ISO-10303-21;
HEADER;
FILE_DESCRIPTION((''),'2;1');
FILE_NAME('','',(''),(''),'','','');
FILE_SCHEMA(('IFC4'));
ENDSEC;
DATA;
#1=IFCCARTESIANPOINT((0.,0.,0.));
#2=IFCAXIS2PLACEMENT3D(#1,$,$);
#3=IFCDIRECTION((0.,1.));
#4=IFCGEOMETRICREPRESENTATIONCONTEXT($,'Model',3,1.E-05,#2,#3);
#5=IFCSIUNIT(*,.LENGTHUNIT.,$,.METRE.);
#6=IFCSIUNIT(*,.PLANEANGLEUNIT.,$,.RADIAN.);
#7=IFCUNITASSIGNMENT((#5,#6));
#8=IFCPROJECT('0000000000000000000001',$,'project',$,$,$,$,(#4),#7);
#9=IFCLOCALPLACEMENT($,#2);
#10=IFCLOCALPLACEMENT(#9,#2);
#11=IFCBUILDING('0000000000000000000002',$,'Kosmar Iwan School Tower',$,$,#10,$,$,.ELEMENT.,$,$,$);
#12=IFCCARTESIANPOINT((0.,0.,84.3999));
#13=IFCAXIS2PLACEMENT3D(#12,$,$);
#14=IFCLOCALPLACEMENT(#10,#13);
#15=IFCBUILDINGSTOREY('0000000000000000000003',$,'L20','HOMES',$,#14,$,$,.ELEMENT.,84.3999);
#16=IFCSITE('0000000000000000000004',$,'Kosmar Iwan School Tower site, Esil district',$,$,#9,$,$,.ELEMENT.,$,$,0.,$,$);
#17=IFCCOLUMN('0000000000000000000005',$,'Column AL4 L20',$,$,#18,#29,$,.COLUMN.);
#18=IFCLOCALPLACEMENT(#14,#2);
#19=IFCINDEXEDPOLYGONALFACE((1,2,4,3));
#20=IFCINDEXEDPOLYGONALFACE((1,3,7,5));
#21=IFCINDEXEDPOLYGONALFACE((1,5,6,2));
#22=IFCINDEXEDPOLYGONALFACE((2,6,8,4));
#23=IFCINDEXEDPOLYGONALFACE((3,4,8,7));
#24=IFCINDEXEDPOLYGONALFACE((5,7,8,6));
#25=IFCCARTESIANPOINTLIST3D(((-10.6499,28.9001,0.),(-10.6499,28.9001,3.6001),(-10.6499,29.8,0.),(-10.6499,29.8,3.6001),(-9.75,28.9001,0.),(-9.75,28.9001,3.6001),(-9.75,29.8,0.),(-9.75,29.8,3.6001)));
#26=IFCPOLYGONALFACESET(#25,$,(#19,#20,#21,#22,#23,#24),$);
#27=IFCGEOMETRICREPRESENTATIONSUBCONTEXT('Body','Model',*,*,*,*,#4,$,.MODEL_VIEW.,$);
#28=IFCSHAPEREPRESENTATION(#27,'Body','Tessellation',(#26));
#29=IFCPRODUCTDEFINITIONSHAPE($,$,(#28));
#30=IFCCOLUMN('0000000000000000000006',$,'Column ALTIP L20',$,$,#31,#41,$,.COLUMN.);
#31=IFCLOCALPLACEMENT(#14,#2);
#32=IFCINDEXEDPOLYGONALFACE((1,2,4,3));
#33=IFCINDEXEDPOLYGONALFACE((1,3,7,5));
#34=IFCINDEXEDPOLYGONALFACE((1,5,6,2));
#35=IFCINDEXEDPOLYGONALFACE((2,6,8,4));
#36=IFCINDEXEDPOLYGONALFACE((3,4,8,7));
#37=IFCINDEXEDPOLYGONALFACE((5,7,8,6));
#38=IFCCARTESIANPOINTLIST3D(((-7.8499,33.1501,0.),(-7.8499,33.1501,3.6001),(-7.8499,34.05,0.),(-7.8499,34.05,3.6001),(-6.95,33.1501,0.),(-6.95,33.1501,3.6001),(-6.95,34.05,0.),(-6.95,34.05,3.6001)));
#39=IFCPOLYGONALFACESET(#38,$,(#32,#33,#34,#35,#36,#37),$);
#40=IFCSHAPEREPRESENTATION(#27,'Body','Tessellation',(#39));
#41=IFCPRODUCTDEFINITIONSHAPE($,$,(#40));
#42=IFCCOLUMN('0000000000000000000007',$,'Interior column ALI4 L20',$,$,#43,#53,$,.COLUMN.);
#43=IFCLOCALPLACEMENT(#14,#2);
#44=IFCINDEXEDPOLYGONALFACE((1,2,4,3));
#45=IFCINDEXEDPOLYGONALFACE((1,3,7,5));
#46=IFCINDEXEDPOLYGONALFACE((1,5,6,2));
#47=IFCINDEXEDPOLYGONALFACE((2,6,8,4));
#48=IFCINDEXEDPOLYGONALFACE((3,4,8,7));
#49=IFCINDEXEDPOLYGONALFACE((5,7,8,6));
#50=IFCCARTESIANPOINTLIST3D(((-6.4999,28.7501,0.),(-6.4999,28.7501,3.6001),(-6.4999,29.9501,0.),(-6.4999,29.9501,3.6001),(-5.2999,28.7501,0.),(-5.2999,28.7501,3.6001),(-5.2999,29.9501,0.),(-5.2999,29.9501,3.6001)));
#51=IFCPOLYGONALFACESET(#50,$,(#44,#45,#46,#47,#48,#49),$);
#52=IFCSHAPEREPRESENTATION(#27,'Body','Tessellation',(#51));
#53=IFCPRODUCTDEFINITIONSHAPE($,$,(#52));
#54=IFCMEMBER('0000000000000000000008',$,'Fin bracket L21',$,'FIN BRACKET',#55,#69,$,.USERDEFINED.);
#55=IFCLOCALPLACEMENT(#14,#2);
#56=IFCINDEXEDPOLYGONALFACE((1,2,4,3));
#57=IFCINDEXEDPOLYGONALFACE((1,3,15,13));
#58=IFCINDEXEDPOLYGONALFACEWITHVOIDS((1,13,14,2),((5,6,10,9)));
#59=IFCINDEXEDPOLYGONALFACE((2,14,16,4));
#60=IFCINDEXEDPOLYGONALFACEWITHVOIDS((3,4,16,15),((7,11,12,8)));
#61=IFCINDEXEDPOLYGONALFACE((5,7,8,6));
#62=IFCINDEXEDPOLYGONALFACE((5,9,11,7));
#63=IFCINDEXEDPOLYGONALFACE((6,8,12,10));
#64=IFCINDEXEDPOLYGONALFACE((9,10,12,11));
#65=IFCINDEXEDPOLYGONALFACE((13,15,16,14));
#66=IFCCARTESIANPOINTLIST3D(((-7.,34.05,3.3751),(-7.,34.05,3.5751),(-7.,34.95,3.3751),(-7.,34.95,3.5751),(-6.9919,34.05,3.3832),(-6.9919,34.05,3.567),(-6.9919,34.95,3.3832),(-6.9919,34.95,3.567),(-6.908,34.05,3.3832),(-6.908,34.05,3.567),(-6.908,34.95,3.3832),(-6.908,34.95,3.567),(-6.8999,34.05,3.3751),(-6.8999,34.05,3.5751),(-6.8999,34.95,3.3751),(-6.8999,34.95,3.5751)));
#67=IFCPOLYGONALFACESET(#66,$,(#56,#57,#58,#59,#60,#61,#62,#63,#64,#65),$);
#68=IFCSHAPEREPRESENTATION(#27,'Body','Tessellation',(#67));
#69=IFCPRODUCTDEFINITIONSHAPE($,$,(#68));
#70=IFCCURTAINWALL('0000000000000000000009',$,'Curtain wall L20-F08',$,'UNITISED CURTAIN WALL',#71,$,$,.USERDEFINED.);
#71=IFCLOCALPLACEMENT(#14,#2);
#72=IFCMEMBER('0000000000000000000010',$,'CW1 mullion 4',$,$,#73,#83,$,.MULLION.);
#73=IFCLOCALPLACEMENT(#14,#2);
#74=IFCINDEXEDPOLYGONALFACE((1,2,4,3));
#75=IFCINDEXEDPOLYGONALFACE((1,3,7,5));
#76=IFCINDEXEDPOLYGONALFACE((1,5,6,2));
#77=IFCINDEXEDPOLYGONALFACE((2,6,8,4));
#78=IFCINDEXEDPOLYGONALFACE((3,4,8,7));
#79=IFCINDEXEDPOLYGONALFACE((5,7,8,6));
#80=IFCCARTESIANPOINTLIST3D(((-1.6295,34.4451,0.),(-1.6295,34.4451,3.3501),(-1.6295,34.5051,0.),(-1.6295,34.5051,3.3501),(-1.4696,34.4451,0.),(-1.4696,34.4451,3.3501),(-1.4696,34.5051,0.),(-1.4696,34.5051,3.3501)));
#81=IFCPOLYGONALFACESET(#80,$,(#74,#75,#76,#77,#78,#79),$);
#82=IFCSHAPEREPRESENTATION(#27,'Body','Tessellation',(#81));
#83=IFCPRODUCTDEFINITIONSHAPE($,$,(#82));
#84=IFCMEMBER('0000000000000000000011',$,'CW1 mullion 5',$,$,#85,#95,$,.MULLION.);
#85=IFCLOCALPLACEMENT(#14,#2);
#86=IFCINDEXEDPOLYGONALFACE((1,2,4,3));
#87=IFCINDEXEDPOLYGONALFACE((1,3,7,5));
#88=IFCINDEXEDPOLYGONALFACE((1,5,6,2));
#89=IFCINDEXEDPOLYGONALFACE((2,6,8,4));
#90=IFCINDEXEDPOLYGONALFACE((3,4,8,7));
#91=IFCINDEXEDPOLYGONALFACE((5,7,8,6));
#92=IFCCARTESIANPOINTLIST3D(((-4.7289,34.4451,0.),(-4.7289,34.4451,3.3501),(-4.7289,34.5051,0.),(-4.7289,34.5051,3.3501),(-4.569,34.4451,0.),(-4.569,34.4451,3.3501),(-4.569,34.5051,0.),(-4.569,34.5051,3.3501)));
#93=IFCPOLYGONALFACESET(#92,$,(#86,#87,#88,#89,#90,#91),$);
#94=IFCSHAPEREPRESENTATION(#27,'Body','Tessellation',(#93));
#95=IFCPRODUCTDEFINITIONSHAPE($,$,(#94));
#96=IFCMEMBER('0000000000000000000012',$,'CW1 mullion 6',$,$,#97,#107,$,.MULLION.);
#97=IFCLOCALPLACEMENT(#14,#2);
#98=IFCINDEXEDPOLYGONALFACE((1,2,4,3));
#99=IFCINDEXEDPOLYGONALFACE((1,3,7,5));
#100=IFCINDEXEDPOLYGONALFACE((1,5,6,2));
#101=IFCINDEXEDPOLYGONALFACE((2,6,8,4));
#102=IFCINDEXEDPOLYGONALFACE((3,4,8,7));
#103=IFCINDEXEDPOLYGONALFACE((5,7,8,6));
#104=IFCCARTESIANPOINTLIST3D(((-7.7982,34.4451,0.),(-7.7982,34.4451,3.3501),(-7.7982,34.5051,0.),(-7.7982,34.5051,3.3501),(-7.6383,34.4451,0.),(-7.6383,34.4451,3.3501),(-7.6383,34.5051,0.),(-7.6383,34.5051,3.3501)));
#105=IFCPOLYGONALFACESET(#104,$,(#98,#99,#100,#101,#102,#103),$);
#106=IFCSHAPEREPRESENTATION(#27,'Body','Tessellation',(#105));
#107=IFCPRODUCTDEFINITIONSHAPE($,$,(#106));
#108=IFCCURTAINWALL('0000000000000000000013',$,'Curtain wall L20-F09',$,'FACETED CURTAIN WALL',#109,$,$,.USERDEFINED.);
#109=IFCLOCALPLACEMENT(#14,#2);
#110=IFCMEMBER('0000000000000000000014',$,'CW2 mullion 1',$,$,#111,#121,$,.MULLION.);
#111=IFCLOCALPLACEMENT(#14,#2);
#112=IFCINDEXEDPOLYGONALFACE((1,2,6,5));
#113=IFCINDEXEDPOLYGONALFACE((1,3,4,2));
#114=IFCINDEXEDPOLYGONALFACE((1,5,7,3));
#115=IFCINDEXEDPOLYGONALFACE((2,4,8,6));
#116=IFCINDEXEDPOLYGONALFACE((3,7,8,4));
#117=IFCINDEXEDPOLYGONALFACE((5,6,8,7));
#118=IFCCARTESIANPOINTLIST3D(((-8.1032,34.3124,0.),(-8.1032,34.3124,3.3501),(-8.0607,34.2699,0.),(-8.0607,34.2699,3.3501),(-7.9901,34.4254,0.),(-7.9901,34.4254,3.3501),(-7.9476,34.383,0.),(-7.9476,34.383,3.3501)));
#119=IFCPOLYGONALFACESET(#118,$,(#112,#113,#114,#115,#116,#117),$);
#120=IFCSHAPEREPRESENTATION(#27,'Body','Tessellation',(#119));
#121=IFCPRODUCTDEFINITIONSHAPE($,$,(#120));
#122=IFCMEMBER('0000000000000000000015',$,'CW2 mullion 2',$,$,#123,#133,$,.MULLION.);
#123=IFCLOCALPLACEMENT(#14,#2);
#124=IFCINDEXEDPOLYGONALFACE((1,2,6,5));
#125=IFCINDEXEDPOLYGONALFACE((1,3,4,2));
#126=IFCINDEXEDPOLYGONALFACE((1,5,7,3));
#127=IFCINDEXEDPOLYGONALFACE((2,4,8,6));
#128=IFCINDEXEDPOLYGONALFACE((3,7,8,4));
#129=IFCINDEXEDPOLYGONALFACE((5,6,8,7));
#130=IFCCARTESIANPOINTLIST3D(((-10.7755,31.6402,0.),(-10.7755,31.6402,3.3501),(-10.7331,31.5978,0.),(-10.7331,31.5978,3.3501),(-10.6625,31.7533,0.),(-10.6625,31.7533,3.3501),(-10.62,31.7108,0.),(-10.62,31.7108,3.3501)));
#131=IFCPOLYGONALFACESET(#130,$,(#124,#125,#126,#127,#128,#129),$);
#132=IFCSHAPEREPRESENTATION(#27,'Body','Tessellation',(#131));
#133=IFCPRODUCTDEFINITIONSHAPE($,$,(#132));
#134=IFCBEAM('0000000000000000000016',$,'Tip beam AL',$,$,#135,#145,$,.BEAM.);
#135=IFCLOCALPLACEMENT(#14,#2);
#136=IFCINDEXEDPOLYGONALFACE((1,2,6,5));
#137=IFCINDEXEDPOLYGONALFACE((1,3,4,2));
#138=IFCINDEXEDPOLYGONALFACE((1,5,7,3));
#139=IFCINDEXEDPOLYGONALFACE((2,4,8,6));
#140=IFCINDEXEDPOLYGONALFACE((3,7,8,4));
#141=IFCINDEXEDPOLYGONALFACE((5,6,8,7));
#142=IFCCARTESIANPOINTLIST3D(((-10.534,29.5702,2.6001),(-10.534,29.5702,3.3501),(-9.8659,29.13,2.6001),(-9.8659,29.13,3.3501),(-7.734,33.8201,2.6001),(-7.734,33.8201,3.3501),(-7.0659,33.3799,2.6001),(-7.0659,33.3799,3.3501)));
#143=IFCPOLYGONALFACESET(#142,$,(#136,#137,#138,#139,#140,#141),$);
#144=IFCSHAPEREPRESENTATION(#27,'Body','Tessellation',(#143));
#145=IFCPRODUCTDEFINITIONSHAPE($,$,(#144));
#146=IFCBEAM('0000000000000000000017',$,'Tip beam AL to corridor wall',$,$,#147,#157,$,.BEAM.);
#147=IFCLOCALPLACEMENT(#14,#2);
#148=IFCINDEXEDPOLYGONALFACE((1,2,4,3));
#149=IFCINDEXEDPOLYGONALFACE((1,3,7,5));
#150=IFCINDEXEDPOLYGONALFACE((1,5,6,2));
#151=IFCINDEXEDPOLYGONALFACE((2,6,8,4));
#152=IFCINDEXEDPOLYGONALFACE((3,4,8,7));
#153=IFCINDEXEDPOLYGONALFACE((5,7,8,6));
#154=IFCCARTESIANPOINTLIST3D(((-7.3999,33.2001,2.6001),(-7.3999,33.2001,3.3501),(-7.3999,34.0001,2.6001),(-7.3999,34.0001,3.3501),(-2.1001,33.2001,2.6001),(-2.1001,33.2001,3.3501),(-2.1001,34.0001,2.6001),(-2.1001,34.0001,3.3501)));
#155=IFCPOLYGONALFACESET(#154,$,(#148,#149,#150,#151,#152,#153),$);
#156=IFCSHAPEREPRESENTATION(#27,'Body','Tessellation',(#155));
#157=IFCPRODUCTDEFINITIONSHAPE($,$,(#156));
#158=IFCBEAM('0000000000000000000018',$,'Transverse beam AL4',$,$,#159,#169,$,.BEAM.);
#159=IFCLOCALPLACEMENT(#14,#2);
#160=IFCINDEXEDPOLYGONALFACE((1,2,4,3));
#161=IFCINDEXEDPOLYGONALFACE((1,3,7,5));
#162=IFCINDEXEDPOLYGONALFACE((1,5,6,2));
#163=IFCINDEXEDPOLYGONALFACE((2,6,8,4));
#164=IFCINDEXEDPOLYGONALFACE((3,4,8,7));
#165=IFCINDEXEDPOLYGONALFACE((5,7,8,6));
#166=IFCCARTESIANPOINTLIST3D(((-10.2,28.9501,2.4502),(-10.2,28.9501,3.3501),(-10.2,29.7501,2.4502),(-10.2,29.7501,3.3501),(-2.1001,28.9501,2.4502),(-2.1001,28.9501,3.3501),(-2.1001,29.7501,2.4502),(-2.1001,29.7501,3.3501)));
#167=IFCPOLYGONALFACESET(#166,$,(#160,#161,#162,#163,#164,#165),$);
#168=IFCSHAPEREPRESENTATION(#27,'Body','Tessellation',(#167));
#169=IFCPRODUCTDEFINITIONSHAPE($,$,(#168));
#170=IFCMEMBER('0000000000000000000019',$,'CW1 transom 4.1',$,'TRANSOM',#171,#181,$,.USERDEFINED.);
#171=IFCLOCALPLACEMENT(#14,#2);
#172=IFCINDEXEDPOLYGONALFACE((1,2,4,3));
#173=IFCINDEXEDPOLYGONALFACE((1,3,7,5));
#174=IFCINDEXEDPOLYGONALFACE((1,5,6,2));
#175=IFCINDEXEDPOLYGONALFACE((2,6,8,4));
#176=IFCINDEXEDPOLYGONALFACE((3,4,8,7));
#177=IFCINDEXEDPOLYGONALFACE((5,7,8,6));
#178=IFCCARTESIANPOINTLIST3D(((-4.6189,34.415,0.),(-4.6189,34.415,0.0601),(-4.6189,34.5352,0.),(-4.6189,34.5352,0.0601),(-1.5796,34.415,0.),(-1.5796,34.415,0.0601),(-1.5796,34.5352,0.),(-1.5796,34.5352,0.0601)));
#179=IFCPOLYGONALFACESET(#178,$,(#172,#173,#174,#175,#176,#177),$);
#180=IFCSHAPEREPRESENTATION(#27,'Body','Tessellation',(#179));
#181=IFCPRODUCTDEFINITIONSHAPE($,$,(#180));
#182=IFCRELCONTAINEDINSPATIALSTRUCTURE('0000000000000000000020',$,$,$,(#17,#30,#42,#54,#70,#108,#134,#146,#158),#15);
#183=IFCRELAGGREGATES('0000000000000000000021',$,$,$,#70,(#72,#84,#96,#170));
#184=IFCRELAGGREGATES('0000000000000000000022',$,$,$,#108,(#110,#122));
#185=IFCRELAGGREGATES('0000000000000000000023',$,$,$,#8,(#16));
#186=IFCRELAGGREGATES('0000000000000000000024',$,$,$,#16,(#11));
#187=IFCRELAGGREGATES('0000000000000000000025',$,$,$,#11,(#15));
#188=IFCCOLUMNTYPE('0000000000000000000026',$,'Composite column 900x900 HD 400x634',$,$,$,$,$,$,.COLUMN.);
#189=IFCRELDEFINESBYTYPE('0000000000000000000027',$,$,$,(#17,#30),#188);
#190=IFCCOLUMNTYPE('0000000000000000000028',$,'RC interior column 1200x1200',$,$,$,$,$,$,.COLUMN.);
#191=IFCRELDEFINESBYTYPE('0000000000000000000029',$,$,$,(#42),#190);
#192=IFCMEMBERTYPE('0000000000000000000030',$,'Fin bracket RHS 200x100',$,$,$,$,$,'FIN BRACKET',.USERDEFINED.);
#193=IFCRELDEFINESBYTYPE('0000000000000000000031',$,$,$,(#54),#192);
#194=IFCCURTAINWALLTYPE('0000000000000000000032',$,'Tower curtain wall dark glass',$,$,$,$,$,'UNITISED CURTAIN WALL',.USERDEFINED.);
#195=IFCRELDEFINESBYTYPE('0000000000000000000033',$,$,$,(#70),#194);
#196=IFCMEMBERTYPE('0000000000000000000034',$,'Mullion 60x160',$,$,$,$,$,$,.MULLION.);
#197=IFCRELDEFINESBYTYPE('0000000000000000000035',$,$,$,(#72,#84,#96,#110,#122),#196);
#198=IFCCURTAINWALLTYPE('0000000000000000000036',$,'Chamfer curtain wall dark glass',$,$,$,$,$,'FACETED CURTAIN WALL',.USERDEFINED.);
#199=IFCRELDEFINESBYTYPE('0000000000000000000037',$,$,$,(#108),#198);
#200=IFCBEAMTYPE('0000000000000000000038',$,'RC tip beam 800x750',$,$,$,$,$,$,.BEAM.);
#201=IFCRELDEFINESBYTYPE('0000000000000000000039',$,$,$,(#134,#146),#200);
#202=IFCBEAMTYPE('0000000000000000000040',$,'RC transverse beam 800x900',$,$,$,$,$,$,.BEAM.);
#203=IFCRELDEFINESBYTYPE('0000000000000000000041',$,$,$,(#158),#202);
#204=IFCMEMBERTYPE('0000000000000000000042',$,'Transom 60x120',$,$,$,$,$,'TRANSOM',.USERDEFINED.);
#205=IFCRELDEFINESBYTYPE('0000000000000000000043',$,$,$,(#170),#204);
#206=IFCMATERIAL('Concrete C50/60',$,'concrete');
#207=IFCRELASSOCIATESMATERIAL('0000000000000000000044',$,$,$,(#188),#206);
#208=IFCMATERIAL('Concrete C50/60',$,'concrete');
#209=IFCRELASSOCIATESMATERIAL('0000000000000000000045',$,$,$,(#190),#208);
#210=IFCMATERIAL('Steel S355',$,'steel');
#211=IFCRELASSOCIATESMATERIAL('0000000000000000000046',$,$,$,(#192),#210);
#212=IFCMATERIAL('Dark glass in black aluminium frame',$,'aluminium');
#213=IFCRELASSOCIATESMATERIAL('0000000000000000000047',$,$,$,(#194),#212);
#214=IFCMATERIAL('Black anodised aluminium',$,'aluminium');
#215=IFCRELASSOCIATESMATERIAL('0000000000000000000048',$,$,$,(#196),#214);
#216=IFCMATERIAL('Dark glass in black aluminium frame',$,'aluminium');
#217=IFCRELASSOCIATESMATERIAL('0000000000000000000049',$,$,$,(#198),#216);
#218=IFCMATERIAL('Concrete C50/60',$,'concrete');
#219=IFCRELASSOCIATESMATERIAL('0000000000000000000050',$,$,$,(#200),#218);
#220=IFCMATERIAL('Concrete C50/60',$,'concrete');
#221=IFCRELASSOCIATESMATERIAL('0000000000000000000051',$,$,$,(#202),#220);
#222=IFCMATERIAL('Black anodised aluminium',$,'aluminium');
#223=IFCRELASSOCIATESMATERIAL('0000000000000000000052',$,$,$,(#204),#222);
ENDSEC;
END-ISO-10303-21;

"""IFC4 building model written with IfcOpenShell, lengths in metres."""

from ifc_helpers import new_model, si_unit, direction, frame, origin, origin_2d, place, context, subcontext, project, spatial, rectangle, hollow_rectangle, extrude, material, material_profile, profile_set, type_object, element, aggregate, save


model = new_model("IFC4")

# Units and contexts
model_context = context("Model", 3, precision=1e-05, world=origin(), true_north=direction((0.0, 1.0)))
body_context = subcontext(model_context, "Body", "Model", "MODEL_VIEW")
ifc_project = project(units=[si_unit("LENGTHUNIT", "METRE"), si_unit("PLANEANGLEUNIT", "RADIAN")], contexts=[model_context])

# Site, building, storey
site_placement = place(None, origin())
site = spatial("IfcSite", under=ifc_project, at=site_placement, Name="Kosmar Iwan School Tower site, Esil district", CompositionType="ELEMENT", RefElevation=0.0)
building_placement = place(site_placement, origin())
building = spatial("IfcBuilding", under=site, at=building_placement, Name="Kosmar Iwan School Tower", CompositionType="ELEMENT")
storey_placement = place(building_placement, frame((0.0, 0.0, 84.3999)))
storey = spatial("IfcBuildingStorey", under=building, at=storey_placement, Name="L20", Description="HOMES", CompositionType="ELEMENT", Elevation=84.3999)

# Columns
ifc_material_1 = material(Name="Concrete C50/60", Category="concrete")
ifc_material_profile_1 = material_profile(ifc_material_1, rectangle(XDim=0.8999, YDim=0.8999, at=origin_2d()), Name="RC 900x900 + HD 400x634")
ifc_profile_set_1 = profile_set([ifc_material_profile_1], Name="Concrete C50/60")
column_type_1 = type_object("IfcColumnType", Name="Composite column 900x900 HD 400x634", PredefinedType="COLUMN", material=ifc_profile_set_1)
for number, where, z_axis, x_axis, name in (
    (1, (-10.2, 29.3501, 0.0), (0.0, 0.0, 1.0), (0.0, 1.0, 0.0), "Column AL4 L20"),
    (2, (-7.3999, 33.6001, 0.0), (0.0, 0.0, 1.0), (0.0, 1.0, 0.0), "Column ALTIP L20"),
):
    element("IfcColumn", number, at=place(storey_placement, frame(where, z_axis=z_axis, x_axis=x_axis)), inside=storey, type_object=column_type_1, Name=name, PredefinedType="COLUMN", context=body_context, shape_type="SweptSolid", body=[
        extrude(rectangle(XDim=0.8999, YDim=0.8999, at=origin_2d()), origin(), (0.0, 0.0, 1.0), 3.6001),
    ])
ifc_material_2 = material(Name="Concrete C50/60", Category="concrete")
ifc_material_profile_2 = material_profile(ifc_material_2, rectangle(XDim=1.2, YDim=1.2, at=origin_2d()), Name="RC 1200x1200")
ifc_profile_set_2 = profile_set([ifc_material_profile_2], Name="Concrete C50/60")
column_type_2 = type_object("IfcColumnType", Name="RC interior column 1200x1200", PredefinedType="COLUMN", material=ifc_profile_set_2)
column_placement = place(storey_placement, frame((-5.8999, 29.3501, 0.0), z_axis=(0.0, 0.0, 1.0), x_axis=(0.0, 1.0, 0.0)))
element("IfcColumn", 3, at=column_placement, inside=storey, type_object=column_type_2, Name="Interior column ALI4 L20", PredefinedType="COLUMN", context=body_context, shape_type="SweptSolid", body=[
    extrude(rectangle(XDim=1.2, YDim=1.2, at=origin_2d()), origin(), (0.0, 0.0, 1.0), 3.6001),
])

# Member
ifc_material_3 = material(Name="Steel S355", Category="steel")
ifc_material_profile_3 = material_profile(ifc_material_3, hollow_rectangle(XDim=0.1001, YDim=0.2, WallThickness=0.0081, at=origin_2d()), Name="RHS 200x100x8")
ifc_profile_set_3 = profile_set([ifc_material_profile_3], Name="Steel S355")
member_type_1 = type_object("IfcMemberType", Name="Fin bracket RHS 200x100", ElementType="FIN BRACKET", PredefinedType="USERDEFINED", material=ifc_profile_set_3)
member_1_placement = place(storey_placement, frame((-6.95, 34.05, 3.4751), z_axis=(0.0, 1.0, 0.0), x_axis=(-1.0, 0.0, 0.0)))
element("IfcMember", 4, at=member_1_placement, inside=storey, type_object=member_type_1, Name="Fin bracket L21", ObjectType="FIN BRACKET", PredefinedType="USERDEFINED", context=body_context, shape_type="SweptSolid", body=[
    extrude(hollow_rectangle(XDim=0.1001, YDim=0.2, WallThickness=0.0081, at=origin_2d()), origin(), (0.0, 0.0, 1.0), 0.8999),
])

# Curtain walls, members
ifc_material_4 = material(Name="Dark glass in black aluminium frame", Category="aluminium")
curtain_wall_type_1 = type_object("IfcCurtainWallType", Name="Tower curtain wall dark glass", ElementType="UNITISED CURTAIN WALL", PredefinedType="USERDEFINED", material=ifc_material_4)
curtain_wall_1_placement = place(storey_placement, origin())
curtain_wall_1 = element("IfcCurtainWall", 5, at=curtain_wall_1_placement, inside=storey, type_object=curtain_wall_type_1, Name="Curtain wall L20-F08", ObjectType="UNITISED CURTAIN WALL", PredefinedType="USERDEFINED")
ifc_material_5 = material(Name="Black anodised aluminium", Category="aluminium")
ifc_material_profile_4 = material_profile(ifc_material_5, rectangle(XDim=0.0601, YDim=0.1599, at=origin_2d()), Name="MULLION 60x160")
ifc_profile_set_4 = profile_set([ifc_material_profile_4], Name="Black anodised aluminium")
member_type_2 = type_object("IfcMemberType", Name="Mullion 60x160", PredefinedType="MULLION", material=ifc_profile_set_4)
member_2_placement = place(storey_placement, frame((-1.5496, 34.4751, 0.0), z_axis=(0.0, 0.0, 1.0), x_axis=(0.0, -1.0, 0.0)))
member_2 = element("IfcMember", 6, at=member_2_placement, type_object=member_type_2, Name="CW1 mullion 4", PredefinedType="MULLION", context=body_context, shape_type="SweptSolid", body=[
    extrude(rectangle(XDim=0.0601, YDim=0.1599, at=origin_2d()), origin(), (0.0, 0.0, 1.0), 3.3501),
])
member_3_placement = place(storey_placement, frame((-4.6489, 34.4751, 0.0), z_axis=(0.0, 0.0, 1.0), x_axis=(0.0, -1.0, 0.0)))
member_3 = element("IfcMember", 7, at=member_3_placement, type_object=member_type_2, Name="CW1 mullion 5", PredefinedType="MULLION", context=body_context, shape_type="SweptSolid", body=[
    extrude(rectangle(XDim=0.0601, YDim=0.1599, at=origin_2d()), origin(), (0.0, 0.0, 1.0), 3.3501),
])
member_4_placement = place(storey_placement, frame((-7.7183, 34.4751, 0.0), z_axis=(0.0, 0.0, 1.0), x_axis=(0.0, -1.0, 0.0)))
member_4 = element("IfcMember", 8, at=member_4_placement, type_object=member_type_2, Name="CW1 mullion 6", PredefinedType="MULLION", context=body_context, shape_type="SweptSolid", body=[
    extrude(rectangle(XDim=0.0601, YDim=0.1599, at=origin_2d()), origin(), (0.0, 0.0, 1.0), 3.3501),
])
ifc_material_6 = material(Name="Dark glass in black aluminium frame", Category="aluminium")
curtain_wall_type_2 = type_object("IfcCurtainWallType", Name="Chamfer curtain wall dark glass", ElementType="FACETED CURTAIN WALL", PredefinedType="USERDEFINED", material=ifc_material_6)
curtain_wall_2_placement = place(storey_placement, origin())
curtain_wall_2 = element("IfcCurtainWall", 9, at=curtain_wall_2_placement, inside=storey, type_object=curtain_wall_type_2, Name="Curtain wall L20-F09", ObjectType="FACETED CURTAIN WALL", PredefinedType="USERDEFINED")
member_5_placement = place(storey_placement, frame((-8.0254, 34.3477, 0.0), z_axis=(0.0, 0.0, 1.0), x_axis=(0.707107, -0.707107, 0.0)))
member_5 = element("IfcMember", 10, at=member_5_placement, type_object=member_type_2, Name="CW2 mullion 1", PredefinedType="MULLION", context=body_context, shape_type="SweptSolid", body=[
    extrude(rectangle(XDim=0.0601, YDim=0.1599, at=origin_2d()), origin(), (0.0, 0.0, 1.0), 3.3501),
])
member_6_placement = place(storey_placement, frame((-10.6978, 31.6755, 0.0), z_axis=(0.0, 0.0, 1.0), x_axis=(0.707107, -0.707107, 0.0)))
member_6 = element("IfcMember", 11, at=member_6_placement, type_object=member_type_2, Name="CW2 mullion 2", PredefinedType="MULLION", context=body_context, shape_type="SweptSolid", body=[
    extrude(rectangle(XDim=0.0601, YDim=0.1599, at=origin_2d()), origin(), (0.0, 0.0, 1.0), 3.3501),
])

# Beams
ifc_material_7 = material(Name="Concrete C50/60", Category="concrete")
ifc_material_profile_5 = material_profile(ifc_material_7, rectangle(XDim=0.8, YDim=0.75, at=origin_2d()), Name="RC 800x750")
ifc_profile_set_5 = profile_set([ifc_material_profile_5], Name="Concrete C50/60")
beam_type_1 = type_object("IfcBeamType", Name="RC tip beam 800x750", PredefinedType="BEAM", material=ifc_profile_set_5)
beam_1_placement = place(storey_placement, frame((-10.2, 29.3501, 2.9751), z_axis=(0.550164, 0.835056, 0.0), x_axis=(-0.835056, 0.550164, 0.0)))
element("IfcBeam", 12, at=beam_1_placement, inside=storey, type_object=beam_type_1, Name="Tip beam AL", PredefinedType="BEAM", context=body_context, shape_type="SweptSolid", body=[
    extrude(rectangle(XDim=0.8, YDim=0.75, at=origin_2d()), origin(), (0.0, 0.0, 1.0), 5.0894),
])
beam_2_placement = place(storey_placement, frame((-7.3999, 33.6001, 2.9751), z_axis=(1.0, 0.0, 0.0), x_axis=(0.0, 1.0, 0.0)))
element("IfcBeam", 13, at=beam_2_placement, inside=storey, type_object=beam_type_1, Name="Tip beam AL to corridor wall", PredefinedType="BEAM", context=body_context, shape_type="SweptSolid", body=[
    extrude(rectangle(XDim=0.8, YDim=0.75, at=origin_2d()), origin(), (0.0, 0.0, 1.0), 5.2998),
])
ifc_material_8 = material(Name="Concrete C50/60", Category="concrete")
ifc_material_profile_6 = material_profile(ifc_material_8, rectangle(XDim=0.8, YDim=0.8999, at=origin_2d()), Name="RC 800x900")
ifc_profile_set_6 = profile_set([ifc_material_profile_6], Name="Concrete C50/60")
beam_type_2 = type_object("IfcBeamType", Name="RC transverse beam 800x900", PredefinedType="BEAM", material=ifc_profile_set_6)
beam_3_placement = place(storey_placement, frame((-10.2, 29.3501, 2.9001), z_axis=(1.0, 0.0, 0.0), x_axis=(0.0, 1.0, 0.0)))
element("IfcBeam", 14, at=beam_3_placement, inside=storey, type_object=beam_type_2, Name="Transverse beam AL4", PredefinedType="BEAM", context=body_context, shape_type="SweptSolid", body=[
    extrude(rectangle(XDim=0.8, YDim=0.8999, at=origin_2d()), origin(), (0.0, 0.0, 1.0), 8.0999),
])

# Member
ifc_material_9 = material(Name="Black anodised aluminium", Category="aluminium")
ifc_material_profile_7 = material_profile(ifc_material_9, rectangle(XDim=0.1201, YDim=0.0601, at=origin_2d()), Name="TRANSOM 60x120")
ifc_profile_set_7 = profile_set([ifc_material_profile_7], Name="Black anodised aluminium")
member_type_3 = type_object("IfcMemberType", Name="Transom 60x120", ElementType="TRANSOM", PredefinedType="USERDEFINED", material=ifc_profile_set_7)
member_7_placement = place(storey_placement, frame((-1.5796, 34.4751, 0.03), z_axis=(-1.0, 0.0, 0.0), x_axis=(0.0, -1.0, 0.0)))
member_7 = element("IfcMember", 15, at=member_7_placement, type_object=member_type_3, Name="CW1 transom 4.1", ObjectType="TRANSOM", PredefinedType="USERDEFINED", context=body_context, shape_type="SweptSolid", body=[
    extrude(rectangle(XDim=0.1201, YDim=0.0601, at=origin_2d()), origin(), (0.0, 0.0, 1.0), 3.0393),
])

aggregate(curtain_wall_1, [member_2, member_3, member_4, member_7])
aggregate(curtain_wall_2, [member_5, member_6])

save(model, "model.ifc")
